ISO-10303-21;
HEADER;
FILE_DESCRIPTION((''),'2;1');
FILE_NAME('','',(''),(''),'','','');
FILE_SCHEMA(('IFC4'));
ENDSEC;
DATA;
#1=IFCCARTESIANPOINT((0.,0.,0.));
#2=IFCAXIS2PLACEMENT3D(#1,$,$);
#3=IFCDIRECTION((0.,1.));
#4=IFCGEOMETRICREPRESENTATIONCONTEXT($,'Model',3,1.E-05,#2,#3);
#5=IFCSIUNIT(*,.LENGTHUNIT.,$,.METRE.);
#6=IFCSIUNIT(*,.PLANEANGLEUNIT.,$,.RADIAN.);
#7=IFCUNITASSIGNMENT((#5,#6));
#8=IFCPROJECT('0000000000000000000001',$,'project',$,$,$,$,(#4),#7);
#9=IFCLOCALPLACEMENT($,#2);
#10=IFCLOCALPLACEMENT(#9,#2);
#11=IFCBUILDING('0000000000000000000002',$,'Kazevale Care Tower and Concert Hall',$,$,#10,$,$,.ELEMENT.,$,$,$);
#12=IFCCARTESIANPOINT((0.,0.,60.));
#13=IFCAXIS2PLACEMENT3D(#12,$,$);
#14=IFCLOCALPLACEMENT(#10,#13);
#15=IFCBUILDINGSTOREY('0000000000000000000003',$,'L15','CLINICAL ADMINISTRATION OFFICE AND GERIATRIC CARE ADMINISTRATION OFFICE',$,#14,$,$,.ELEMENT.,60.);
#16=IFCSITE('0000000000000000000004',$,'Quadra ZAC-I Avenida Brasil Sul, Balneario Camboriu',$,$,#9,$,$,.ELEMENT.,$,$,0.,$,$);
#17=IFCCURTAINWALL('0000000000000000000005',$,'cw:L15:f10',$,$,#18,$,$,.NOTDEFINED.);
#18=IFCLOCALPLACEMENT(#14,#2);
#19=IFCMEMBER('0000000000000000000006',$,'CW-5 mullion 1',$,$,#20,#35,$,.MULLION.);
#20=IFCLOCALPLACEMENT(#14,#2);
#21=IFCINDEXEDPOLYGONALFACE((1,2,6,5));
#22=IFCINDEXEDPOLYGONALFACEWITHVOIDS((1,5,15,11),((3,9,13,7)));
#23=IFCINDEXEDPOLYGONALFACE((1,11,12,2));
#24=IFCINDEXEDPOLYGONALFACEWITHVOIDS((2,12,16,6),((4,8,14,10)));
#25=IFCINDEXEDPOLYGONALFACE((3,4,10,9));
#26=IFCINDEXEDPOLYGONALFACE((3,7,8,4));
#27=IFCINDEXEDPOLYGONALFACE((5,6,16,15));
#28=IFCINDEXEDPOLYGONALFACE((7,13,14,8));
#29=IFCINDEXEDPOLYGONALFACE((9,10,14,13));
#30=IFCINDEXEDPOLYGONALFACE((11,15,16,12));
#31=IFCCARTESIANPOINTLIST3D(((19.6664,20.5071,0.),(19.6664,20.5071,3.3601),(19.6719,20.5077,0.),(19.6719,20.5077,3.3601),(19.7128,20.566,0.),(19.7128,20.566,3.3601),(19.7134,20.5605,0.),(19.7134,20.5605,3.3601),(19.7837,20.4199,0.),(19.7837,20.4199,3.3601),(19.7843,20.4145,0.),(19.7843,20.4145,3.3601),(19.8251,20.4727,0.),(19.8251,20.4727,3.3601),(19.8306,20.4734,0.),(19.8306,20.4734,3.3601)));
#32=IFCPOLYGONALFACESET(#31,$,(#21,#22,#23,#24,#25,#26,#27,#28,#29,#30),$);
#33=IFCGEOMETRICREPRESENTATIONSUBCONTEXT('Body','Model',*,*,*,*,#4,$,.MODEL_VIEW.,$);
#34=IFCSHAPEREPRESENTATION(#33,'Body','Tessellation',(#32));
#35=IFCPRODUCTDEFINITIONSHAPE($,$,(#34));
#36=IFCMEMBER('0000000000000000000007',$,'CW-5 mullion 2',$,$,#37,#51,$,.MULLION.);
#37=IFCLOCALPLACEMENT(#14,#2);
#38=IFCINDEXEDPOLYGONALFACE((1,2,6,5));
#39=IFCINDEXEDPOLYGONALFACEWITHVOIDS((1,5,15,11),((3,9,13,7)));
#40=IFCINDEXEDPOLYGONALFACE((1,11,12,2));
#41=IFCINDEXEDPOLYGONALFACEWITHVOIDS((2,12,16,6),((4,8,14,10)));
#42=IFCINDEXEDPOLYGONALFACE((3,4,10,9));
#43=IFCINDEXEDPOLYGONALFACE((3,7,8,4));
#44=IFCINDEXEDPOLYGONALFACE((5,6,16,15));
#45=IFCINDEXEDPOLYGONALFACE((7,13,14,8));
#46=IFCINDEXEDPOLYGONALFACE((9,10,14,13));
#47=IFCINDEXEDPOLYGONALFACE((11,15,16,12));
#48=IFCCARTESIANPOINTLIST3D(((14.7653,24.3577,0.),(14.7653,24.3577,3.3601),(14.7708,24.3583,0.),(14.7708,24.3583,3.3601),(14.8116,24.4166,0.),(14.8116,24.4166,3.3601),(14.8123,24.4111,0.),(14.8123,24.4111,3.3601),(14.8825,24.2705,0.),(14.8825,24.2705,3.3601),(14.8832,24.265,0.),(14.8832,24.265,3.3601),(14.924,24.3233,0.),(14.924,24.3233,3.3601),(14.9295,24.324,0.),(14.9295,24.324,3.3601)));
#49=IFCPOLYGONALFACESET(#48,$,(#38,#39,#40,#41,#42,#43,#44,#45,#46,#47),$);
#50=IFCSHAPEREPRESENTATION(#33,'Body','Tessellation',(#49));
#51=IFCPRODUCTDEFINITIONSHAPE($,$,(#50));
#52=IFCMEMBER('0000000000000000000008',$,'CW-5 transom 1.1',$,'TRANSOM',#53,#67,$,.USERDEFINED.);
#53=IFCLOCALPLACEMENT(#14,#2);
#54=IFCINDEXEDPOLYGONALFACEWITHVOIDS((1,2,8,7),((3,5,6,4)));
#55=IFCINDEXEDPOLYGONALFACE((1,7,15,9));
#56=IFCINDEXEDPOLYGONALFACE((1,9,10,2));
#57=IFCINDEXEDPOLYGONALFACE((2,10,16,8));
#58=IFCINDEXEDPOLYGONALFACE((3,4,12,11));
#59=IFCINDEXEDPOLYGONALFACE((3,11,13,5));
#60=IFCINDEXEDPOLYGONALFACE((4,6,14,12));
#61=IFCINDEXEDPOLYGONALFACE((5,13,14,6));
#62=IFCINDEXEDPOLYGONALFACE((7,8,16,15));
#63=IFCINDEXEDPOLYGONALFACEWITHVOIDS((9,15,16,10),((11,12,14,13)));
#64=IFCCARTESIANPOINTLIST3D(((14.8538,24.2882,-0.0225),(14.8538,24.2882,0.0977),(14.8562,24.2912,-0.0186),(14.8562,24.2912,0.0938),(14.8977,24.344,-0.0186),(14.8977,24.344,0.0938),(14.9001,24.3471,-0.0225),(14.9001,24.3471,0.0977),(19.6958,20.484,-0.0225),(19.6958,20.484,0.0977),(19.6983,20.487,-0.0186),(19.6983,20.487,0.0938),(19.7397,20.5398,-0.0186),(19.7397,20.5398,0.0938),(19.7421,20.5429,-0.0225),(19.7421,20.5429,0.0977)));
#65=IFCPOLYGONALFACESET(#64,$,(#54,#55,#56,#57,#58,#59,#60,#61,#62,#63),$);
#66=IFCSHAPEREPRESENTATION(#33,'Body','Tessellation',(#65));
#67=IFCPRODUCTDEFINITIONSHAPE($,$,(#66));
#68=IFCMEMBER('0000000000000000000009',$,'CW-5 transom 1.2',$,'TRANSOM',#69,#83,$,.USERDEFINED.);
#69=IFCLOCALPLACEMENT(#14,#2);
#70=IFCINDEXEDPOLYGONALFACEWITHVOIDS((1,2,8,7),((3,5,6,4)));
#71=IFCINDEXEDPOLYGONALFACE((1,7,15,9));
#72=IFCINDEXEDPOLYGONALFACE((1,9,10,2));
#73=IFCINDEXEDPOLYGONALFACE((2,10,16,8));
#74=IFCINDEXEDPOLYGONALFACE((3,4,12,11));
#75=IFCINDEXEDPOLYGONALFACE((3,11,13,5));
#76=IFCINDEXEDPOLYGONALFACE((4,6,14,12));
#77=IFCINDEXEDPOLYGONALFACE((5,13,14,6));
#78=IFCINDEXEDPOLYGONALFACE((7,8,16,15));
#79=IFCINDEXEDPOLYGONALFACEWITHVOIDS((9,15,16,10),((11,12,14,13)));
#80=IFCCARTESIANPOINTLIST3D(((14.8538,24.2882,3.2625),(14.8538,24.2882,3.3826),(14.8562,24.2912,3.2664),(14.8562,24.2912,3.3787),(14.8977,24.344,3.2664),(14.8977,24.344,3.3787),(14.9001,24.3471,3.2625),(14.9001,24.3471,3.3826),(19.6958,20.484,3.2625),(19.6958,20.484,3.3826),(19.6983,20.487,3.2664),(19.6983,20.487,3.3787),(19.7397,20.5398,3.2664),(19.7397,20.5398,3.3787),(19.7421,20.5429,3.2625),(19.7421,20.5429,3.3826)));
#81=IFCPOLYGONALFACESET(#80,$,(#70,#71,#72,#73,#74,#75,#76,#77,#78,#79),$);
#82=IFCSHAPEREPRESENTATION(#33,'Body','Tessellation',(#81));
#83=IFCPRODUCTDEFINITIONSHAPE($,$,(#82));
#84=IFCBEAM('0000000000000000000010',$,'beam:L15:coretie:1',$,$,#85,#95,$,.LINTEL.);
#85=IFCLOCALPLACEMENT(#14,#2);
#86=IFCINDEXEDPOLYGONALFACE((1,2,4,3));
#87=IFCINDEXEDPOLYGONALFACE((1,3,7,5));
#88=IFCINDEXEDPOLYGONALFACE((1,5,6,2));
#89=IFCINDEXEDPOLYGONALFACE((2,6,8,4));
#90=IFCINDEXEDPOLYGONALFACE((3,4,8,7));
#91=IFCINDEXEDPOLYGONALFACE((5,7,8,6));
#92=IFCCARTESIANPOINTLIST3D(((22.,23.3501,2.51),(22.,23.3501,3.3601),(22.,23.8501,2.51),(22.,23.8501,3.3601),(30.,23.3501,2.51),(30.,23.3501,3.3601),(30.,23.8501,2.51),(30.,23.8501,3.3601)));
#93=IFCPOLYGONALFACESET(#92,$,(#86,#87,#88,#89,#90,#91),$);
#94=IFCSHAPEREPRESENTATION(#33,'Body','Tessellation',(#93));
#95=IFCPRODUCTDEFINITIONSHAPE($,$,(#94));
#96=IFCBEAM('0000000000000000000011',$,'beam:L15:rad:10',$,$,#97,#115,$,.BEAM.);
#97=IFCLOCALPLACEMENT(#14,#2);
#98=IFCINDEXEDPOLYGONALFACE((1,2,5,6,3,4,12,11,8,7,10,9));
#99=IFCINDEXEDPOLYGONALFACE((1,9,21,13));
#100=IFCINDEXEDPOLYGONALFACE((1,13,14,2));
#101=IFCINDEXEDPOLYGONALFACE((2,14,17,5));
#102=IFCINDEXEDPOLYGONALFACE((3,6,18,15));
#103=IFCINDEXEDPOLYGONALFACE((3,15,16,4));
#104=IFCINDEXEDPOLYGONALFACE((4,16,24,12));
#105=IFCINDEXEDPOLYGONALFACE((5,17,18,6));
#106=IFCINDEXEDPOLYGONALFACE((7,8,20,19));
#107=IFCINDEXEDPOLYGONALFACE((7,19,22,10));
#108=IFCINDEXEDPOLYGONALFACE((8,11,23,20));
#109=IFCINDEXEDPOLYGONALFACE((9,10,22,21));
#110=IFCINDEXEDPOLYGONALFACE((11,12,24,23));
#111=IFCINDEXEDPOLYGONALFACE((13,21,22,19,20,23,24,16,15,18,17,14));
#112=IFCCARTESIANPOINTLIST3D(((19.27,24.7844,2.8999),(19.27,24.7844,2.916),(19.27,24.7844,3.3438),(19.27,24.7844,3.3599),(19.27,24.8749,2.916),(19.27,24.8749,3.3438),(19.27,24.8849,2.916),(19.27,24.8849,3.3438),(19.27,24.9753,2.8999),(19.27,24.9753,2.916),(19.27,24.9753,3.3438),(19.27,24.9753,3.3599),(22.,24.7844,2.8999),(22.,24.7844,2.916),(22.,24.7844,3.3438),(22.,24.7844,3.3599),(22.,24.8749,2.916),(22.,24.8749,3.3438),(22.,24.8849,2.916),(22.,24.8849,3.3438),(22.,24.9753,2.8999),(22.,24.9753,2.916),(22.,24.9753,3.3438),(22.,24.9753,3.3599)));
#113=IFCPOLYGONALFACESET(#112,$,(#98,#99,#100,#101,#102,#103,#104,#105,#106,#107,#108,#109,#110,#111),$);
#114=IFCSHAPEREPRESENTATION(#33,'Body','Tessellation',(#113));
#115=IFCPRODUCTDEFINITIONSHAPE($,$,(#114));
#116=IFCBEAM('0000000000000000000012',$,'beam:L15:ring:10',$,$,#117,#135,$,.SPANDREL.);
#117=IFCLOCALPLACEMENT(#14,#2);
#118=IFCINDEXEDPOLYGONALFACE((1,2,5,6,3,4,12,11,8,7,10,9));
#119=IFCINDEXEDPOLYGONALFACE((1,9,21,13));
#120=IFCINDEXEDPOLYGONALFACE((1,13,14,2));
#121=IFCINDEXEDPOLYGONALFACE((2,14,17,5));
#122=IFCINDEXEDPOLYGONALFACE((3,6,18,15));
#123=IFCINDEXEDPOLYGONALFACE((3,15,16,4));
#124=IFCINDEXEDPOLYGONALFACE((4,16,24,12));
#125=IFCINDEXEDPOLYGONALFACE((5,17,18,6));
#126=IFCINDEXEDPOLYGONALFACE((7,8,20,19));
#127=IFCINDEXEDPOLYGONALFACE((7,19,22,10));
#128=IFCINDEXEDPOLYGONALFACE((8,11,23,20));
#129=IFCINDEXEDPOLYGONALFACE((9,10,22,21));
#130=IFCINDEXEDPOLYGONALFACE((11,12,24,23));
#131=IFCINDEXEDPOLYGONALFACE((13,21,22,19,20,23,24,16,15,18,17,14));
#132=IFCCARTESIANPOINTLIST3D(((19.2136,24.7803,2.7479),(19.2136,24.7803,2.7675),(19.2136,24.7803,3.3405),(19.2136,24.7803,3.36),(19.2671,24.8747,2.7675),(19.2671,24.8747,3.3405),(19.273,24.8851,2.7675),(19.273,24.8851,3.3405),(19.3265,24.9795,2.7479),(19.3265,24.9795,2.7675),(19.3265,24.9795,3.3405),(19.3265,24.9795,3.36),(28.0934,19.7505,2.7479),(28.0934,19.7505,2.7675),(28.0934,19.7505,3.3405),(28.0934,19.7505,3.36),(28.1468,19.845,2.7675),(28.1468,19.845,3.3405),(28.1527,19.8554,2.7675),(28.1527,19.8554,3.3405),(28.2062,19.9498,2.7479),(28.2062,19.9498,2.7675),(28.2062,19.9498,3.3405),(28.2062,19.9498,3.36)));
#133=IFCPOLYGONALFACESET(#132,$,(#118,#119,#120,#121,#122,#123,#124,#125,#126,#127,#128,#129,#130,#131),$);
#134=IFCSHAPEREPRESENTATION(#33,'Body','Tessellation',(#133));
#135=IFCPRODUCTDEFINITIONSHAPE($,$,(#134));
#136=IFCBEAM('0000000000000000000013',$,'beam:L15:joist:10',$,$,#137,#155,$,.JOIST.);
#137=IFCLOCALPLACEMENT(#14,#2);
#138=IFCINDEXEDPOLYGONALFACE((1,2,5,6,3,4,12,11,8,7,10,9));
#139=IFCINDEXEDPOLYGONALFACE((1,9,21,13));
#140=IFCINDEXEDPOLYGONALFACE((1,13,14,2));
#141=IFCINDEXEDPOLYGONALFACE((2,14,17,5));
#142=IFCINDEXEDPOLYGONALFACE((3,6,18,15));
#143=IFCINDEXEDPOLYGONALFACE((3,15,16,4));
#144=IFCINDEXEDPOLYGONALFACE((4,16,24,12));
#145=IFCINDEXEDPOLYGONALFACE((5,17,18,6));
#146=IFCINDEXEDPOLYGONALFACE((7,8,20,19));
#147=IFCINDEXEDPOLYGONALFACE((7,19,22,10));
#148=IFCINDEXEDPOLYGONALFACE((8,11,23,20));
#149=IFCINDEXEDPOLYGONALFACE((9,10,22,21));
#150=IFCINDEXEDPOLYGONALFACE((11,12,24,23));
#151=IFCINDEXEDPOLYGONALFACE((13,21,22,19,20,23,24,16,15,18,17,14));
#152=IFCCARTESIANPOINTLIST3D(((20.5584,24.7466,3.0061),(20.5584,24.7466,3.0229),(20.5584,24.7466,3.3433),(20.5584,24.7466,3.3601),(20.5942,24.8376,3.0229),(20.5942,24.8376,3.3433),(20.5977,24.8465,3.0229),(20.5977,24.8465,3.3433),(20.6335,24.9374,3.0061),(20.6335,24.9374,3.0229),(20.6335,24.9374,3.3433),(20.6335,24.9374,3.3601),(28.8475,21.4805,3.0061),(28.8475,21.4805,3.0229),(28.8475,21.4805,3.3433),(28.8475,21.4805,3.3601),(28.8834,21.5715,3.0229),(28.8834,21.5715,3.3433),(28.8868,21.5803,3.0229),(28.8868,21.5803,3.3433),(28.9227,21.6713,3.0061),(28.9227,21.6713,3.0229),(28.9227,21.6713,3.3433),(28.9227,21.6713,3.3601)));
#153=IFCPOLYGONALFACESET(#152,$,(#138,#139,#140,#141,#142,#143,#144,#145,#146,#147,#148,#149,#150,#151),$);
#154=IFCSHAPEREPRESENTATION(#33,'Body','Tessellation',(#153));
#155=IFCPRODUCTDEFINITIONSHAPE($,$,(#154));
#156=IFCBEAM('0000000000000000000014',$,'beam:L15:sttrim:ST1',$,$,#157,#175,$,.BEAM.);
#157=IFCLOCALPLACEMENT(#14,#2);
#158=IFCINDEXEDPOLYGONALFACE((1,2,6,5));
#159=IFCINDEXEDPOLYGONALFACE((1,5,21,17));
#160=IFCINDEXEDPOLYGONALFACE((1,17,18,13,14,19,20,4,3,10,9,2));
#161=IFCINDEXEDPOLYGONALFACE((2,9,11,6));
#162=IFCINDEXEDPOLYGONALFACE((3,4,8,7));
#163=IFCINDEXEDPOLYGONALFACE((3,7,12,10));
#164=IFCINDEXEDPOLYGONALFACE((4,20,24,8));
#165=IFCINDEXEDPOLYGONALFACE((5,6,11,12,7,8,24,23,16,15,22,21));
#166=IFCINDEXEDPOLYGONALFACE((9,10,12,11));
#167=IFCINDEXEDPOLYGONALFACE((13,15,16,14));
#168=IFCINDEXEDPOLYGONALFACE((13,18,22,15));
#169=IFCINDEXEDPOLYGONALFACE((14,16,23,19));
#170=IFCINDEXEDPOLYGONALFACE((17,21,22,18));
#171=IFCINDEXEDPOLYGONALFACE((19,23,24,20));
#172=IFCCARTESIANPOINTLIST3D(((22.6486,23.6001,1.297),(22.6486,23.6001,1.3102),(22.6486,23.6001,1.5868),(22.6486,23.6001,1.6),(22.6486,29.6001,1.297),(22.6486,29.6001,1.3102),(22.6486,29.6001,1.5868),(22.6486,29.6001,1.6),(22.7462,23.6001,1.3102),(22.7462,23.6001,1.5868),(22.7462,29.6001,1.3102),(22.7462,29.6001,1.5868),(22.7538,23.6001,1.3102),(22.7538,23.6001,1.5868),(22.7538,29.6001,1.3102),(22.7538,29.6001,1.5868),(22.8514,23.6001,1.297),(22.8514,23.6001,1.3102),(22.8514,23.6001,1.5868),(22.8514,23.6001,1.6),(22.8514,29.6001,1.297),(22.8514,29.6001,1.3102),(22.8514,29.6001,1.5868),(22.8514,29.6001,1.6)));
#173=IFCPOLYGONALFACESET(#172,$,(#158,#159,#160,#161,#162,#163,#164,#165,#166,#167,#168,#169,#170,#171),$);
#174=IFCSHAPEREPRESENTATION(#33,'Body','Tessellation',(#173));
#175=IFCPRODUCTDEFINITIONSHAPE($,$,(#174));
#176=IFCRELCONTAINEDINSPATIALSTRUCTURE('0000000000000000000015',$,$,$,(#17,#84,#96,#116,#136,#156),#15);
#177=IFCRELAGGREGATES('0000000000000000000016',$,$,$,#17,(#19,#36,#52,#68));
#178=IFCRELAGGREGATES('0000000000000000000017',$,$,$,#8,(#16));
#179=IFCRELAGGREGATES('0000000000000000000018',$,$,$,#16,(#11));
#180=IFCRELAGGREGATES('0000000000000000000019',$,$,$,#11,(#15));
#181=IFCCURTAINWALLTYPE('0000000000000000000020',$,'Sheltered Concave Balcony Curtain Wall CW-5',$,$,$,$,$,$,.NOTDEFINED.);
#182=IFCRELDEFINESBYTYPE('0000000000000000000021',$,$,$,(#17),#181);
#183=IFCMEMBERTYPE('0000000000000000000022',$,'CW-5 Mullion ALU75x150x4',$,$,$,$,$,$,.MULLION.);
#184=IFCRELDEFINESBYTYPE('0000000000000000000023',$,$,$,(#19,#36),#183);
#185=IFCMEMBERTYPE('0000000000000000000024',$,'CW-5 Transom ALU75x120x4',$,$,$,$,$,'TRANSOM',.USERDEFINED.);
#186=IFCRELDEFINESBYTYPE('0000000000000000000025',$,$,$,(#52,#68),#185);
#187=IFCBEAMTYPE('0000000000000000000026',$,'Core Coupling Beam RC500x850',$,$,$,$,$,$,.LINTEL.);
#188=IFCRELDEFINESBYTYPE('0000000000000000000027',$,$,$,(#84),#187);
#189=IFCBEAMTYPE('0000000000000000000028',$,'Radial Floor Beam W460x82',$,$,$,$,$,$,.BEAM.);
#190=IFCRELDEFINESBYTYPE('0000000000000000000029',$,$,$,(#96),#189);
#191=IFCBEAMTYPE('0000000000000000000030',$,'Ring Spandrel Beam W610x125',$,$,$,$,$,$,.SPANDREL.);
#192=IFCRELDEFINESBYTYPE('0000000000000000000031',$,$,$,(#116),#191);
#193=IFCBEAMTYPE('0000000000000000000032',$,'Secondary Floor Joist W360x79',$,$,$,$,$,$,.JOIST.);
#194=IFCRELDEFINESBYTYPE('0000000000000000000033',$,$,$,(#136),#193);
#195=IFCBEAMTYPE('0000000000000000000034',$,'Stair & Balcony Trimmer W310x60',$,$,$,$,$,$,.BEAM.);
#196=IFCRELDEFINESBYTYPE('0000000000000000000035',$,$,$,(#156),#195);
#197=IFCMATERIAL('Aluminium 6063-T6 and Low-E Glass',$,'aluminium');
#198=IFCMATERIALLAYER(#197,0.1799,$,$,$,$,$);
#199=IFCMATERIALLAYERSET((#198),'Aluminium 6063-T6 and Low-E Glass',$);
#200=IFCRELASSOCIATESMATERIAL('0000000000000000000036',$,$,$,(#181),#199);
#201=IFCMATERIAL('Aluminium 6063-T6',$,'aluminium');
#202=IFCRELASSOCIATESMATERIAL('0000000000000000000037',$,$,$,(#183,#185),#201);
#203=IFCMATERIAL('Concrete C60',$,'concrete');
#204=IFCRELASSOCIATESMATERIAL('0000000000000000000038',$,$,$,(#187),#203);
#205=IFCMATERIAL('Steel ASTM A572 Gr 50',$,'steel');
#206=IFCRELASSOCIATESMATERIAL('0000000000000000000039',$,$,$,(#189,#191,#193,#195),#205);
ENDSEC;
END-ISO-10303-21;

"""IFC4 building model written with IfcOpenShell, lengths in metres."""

from ifc_helpers import new_model, si_unit, direction, frame, origin, origin_2d, place, context, subcontext, project, spatial, rectangle, hollow_rectangle, i_section, extrude, material, layer, layer_set, material_profile, profile_set, type_object, element, aggregate, save


model = new_model("IFC4")

# Units and contexts
model_context = context("Model", 3, precision=1e-05, world=origin(), true_north=direction((0.0, 1.0)))
body_context = subcontext(model_context, "Body", "Model", "MODEL_VIEW")
ifc_project = project(units=[si_unit("LENGTHUNIT", "METRE"), si_unit("PLANEANGLEUNIT", "RADIAN")], contexts=[model_context])

# Site, building, storey
site_placement = place(None, origin())
site = spatial("IfcSite", under=ifc_project, at=site_placement, Name="Quadra ZAC-I Avenida Brasil Sul, Balneario Camboriu", CompositionType="ELEMENT", RefElevation=0.0)
building_placement = place(site_placement, origin())
building = spatial("IfcBuilding", under=site, at=building_placement, Name="Kazevale Care Tower and Concert Hall", CompositionType="ELEMENT")
storey_placement = place(building_placement, frame((0.0, 0.0, 60.0)))
storey = spatial("IfcBuildingStorey", under=building, at=storey_placement, Name="L15", Description="CLINICAL ADMINISTRATION OFFICE AND GERIATRIC CARE ADMINISTRATION OFFICE", CompositionType="ELEMENT", Elevation=60.0)

# Shared definitions
ifc_material_1 = material(Name="Aluminium 6063-T6 and Low-E Glass", Category="aluminium")
ifc_material_2 = material(Name="Aluminium 6063-T6", Category="aluminium")

# Shared definitions
ifc_layer_1 = layer(ifc_material_1, 0.1799)
ifc_layer_set_1 = layer_set([ifc_layer_1], Name="Aluminium 6063-T6 and Low-E Glass")
curtain_wall_type_1 = type_object("IfcCurtainWallType", Name="Sheltered Concave Balcony Curtain Wall CW-5", PredefinedType="NOTDEFINED", material=ifc_layer_set_1)
ifc_material_profile_1 = material_profile(ifc_material_2, hollow_rectangle(XDim=0.075, YDim=0.1499, WallThickness=0.0039, at=origin_2d()), Name="ALU75x150x4")
ifc_profile_set_1 = profile_set([ifc_material_profile_1], Name="Aluminium 6063-T6")
member_type_1 = type_object("IfcMemberType", Name="CW-5 Mullion ALU75x150x4", PredefinedType="MULLION", material=ifc_profile_set_1)

# Curtain wall, members
curtain_wall_1_placement = place(storey_placement, origin())
curtain_wall_1 = element("IfcCurtainWall", 1, at=curtain_wall_1_placement, inside=storey, type_object=curtain_wall_type_1, Name="cw:L15:f10", PredefinedType="NOTDEFINED")
member_1_placement = place(storey_placement, frame((19.7485, 20.4902, 0.0), z_axis=(0.0, 0.0, 1.0), x_axis=(-0.617808, -0.786329, 0.0)))
member_1 = element("IfcMember", 2, at=member_1_placement, type_object=member_type_1, Name="CW-5 mullion 1", PredefinedType="MULLION", context=body_context, shape_type="SweptSolid", body=[
    extrude(hollow_rectangle(XDim=0.075, YDim=0.1499, WallThickness=0.0039, at=origin_2d()), origin(), (0.0, 0.0, 1.0), 3.3601),
])
member_2_placement = place(storey_placement, frame((14.8474, 24.3408, 0.0), z_axis=(0.0, 0.0, 1.0), x_axis=(-0.617808, -0.786329, 0.0)))
member_2 = element("IfcMember", 3, at=member_2_placement, type_object=member_type_1, Name="CW-5 mullion 2", PredefinedType="MULLION", context=body_context, shape_type="SweptSolid", body=[
    extrude(hollow_rectangle(XDim=0.075, YDim=0.1499, WallThickness=0.0039, at=origin_2d()), origin(), (0.0, 0.0, 1.0), 3.3601),
])
ifc_material_profile_2 = material_profile(ifc_material_2, hollow_rectangle(XDim=0.075, YDim=0.1201, WallThickness=0.0039, at=origin_2d()), Name="ALU75x120x4")
ifc_profile_set_2 = profile_set([ifc_material_profile_2], Name="Aluminium 6063-T6")
member_type_2 = type_object("IfcMemberType", Name="CW-5 Transom ALU75x120x4", ElementType="TRANSOM", PredefinedType="USERDEFINED", material=ifc_profile_set_2)
member_3_placement = place(storey_placement, frame((19.719, 20.5134, 0.0376), z_axis=(-0.786339, 0.617795, 0.0), x_axis=(-0.617795, -0.786339, 0.0)))
member_3 = element("IfcMember", 4, at=member_3_placement, type_object=member_type_2, Name="CW-5 transom 1.1", ObjectType="TRANSOM", PredefinedType="USERDEFINED", context=body_context, shape_type="SweptSolid", body=[
    extrude(hollow_rectangle(XDim=0.075, YDim=0.1201, WallThickness=0.0039, at=origin_2d()), origin(), (0.0, 0.0, 1.0), 6.1577),
])
member_4_placement = place(storey_placement, frame((19.719, 20.5134, 3.3225), z_axis=(-0.786339, 0.617795, 0.0), x_axis=(-0.617795, -0.786339, 0.0)))
member_4 = element("IfcMember", 5, at=member_4_placement, type_object=member_type_2, Name="CW-5 transom 1.2", ObjectType="TRANSOM", PredefinedType="USERDEFINED", context=body_context, shape_type="SweptSolid", body=[
    extrude(hollow_rectangle(XDim=0.075, YDim=0.1201, WallThickness=0.0039, at=origin_2d()), origin(), (0.0, 0.0, 1.0), 6.1577),
])

# Beams
ifc_material_3 = material(Name="Concrete C60", Category="concrete")
ifc_material_profile_3 = material_profile(ifc_material_3, rectangle(XDim=0.5, YDim=0.8501, at=origin_2d()), Name="RC-B500x850")
ifc_profile_set_3 = profile_set([ifc_material_profile_3], Name="Concrete C60")
beam_type_1 = type_object("IfcBeamType", Name="Core Coupling Beam RC500x850", PredefinedType="LINTEL", material=ifc_profile_set_3)
beam_1_placement = place(storey_placement, frame((22.0, 23.6001, 2.9351), z_axis=(1.0, 0.0, 0.0), x_axis=(0.0, 1.0, 0.0)))
element("IfcBeam", 6, at=beam_1_placement, inside=storey, type_object=beam_type_1, Name="beam:L15:coretie:1", PredefinedType="LINTEL", context=body_context, shape_type="SweptSolid", body=[
    extrude(rectangle(XDim=0.5, YDim=0.8501, at=origin_2d()), origin(), (0.0, 0.0, 1.0), 8.0),
])
ifc_material_4 = material(Name="Steel ASTM A572 Gr 50", Category="steel")
ifc_material_profile_4 = material_profile(ifc_material_4, i_section(OverallWidth=0.1909, OverallDepth=0.46, WebThickness=0.01, FlangeThickness=0.0161, at=origin_2d()), Name="W460x82")
ifc_profile_set_4 = profile_set([ifc_material_profile_4], Name="Steel ASTM A572 Gr 50")
beam_type_2 = type_object("IfcBeamType", Name="Radial Floor Beam W460x82", PredefinedType="BEAM", material=ifc_profile_set_4)
beam_2_placement = place(storey_placement, frame((22.0, 24.8799, 3.1299), z_axis=(-1.0, 0.0, 0.0), x_axis=(0.0, -1.0, 0.0)))
element("IfcBeam", 7, at=beam_2_placement, inside=storey, type_object=beam_type_2, Name="beam:L15:rad:10", PredefinedType="BEAM", context=body_context, shape_type="SweptSolid", body=[
    extrude(i_section(OverallWidth=0.1909, OverallDepth=0.46, WebThickness=0.01, FlangeThickness=0.0161, at=origin_2d()), origin(), (0.0, 0.0, 1.0), 2.73),
])
ifc_material_profile_5 = material_profile(ifc_material_4, i_section(OverallWidth=0.229, OverallDepth=0.6121, WebThickness=0.012, FlangeThickness=0.0195, at=origin_2d()), Name="W610x125")
ifc_profile_set_5 = profile_set([ifc_material_profile_5], Name="Steel ASTM A572 Gr 50")
beam_type_3 = type_object("IfcBeamType", Name="Ring Spandrel Beam W610x125", PredefinedType="SPANDREL", material=ifc_profile_set_5)
beam_3_placement = place(storey_placement, frame((19.27, 24.8799, 3.054), z_axis=(0.870112, -0.492853, 0.0), x_axis=(0.492853, 0.870112, 0.0)))
element("IfcBeam", 8, at=beam_3_placement, inside=storey, type_object=beam_type_3, Name="beam:L15:ring:10", PredefinedType="SPANDREL", context=body_context, shape_type="SweptSolid", body=[
    extrude(i_section(OverallWidth=0.229, OverallDepth=0.6121, WebThickness=0.012, FlangeThickness=0.0195, at=origin_2d()), origin(), (0.0, 0.0, 1.0), 10.2053),
])
ifc_material_profile_6 = material_profile(ifc_material_4, i_section(OverallWidth=0.2051, OverallDepth=0.354, WebThickness=0.0095, FlangeThickness=0.0168, at=origin_2d()), Name="W360x79")
ifc_profile_set_6 = profile_set([ifc_material_profile_6], Name="Steel ASTM A572 Gr 50")
beam_type_4 = type_object("IfcBeamType", Name="Secondary Floor Joist W360x79", PredefinedType="JOIST", material=ifc_profile_set_6)
beam_4_placement = place(storey_placement, frame((20.5959, 24.842, 3.1831), z_axis=(0.930381, -0.366595, 0.0), x_axis=(0.366595, 0.930381, 0.0)))
element("IfcBeam", 9, at=beam_4_placement, inside=storey, type_object=beam_type_4, Name="beam:L15:joist:10", PredefinedType="JOIST", context=body_context, shape_type="SweptSolid", body=[
    extrude(i_section(OverallWidth=0.2051, OverallDepth=0.354, WebThickness=0.0095, FlangeThickness=0.0168, at=origin_2d()), origin(), (0.0, 0.0, 1.0), 8.9094),
])
ifc_material_profile_7 = material_profile(ifc_material_4, i_section(OverallWidth=0.2029, OverallDepth=0.303, WebThickness=0.0076, FlangeThickness=0.0132, at=origin_2d()), Name="W310x60")
ifc_profile_set_7 = profile_set([ifc_material_profile_7], Name="Steel ASTM A572 Gr 50")
beam_type_5 = type_object("IfcBeamType", Name="Stair & Balcony Trimmer W310x60", PredefinedType="BEAM", material=ifc_profile_set_7)
beam_5_placement = place(storey_placement, frame((22.75, 23.6001, 1.4485), z_axis=(0.0, 1.0, 0.0), x_axis=(-1.0, 0.0, 0.0)))
element("IfcBeam", 10, at=beam_5_placement, inside=storey, type_object=beam_type_5, Name="beam:L15:sttrim:ST1", PredefinedType="BEAM", context=body_context, shape_type="SweptSolid", body=[
    extrude(i_section(OverallWidth=0.2029, OverallDepth=0.303, WebThickness=0.0076, FlangeThickness=0.0132, at=origin_2d()), origin(), (0.0, 0.0, 1.0), 6.0),
])

aggregate(curtain_wall_1, [member_1, member_2, member_3, member_4])

save(model, "model.ifc")
